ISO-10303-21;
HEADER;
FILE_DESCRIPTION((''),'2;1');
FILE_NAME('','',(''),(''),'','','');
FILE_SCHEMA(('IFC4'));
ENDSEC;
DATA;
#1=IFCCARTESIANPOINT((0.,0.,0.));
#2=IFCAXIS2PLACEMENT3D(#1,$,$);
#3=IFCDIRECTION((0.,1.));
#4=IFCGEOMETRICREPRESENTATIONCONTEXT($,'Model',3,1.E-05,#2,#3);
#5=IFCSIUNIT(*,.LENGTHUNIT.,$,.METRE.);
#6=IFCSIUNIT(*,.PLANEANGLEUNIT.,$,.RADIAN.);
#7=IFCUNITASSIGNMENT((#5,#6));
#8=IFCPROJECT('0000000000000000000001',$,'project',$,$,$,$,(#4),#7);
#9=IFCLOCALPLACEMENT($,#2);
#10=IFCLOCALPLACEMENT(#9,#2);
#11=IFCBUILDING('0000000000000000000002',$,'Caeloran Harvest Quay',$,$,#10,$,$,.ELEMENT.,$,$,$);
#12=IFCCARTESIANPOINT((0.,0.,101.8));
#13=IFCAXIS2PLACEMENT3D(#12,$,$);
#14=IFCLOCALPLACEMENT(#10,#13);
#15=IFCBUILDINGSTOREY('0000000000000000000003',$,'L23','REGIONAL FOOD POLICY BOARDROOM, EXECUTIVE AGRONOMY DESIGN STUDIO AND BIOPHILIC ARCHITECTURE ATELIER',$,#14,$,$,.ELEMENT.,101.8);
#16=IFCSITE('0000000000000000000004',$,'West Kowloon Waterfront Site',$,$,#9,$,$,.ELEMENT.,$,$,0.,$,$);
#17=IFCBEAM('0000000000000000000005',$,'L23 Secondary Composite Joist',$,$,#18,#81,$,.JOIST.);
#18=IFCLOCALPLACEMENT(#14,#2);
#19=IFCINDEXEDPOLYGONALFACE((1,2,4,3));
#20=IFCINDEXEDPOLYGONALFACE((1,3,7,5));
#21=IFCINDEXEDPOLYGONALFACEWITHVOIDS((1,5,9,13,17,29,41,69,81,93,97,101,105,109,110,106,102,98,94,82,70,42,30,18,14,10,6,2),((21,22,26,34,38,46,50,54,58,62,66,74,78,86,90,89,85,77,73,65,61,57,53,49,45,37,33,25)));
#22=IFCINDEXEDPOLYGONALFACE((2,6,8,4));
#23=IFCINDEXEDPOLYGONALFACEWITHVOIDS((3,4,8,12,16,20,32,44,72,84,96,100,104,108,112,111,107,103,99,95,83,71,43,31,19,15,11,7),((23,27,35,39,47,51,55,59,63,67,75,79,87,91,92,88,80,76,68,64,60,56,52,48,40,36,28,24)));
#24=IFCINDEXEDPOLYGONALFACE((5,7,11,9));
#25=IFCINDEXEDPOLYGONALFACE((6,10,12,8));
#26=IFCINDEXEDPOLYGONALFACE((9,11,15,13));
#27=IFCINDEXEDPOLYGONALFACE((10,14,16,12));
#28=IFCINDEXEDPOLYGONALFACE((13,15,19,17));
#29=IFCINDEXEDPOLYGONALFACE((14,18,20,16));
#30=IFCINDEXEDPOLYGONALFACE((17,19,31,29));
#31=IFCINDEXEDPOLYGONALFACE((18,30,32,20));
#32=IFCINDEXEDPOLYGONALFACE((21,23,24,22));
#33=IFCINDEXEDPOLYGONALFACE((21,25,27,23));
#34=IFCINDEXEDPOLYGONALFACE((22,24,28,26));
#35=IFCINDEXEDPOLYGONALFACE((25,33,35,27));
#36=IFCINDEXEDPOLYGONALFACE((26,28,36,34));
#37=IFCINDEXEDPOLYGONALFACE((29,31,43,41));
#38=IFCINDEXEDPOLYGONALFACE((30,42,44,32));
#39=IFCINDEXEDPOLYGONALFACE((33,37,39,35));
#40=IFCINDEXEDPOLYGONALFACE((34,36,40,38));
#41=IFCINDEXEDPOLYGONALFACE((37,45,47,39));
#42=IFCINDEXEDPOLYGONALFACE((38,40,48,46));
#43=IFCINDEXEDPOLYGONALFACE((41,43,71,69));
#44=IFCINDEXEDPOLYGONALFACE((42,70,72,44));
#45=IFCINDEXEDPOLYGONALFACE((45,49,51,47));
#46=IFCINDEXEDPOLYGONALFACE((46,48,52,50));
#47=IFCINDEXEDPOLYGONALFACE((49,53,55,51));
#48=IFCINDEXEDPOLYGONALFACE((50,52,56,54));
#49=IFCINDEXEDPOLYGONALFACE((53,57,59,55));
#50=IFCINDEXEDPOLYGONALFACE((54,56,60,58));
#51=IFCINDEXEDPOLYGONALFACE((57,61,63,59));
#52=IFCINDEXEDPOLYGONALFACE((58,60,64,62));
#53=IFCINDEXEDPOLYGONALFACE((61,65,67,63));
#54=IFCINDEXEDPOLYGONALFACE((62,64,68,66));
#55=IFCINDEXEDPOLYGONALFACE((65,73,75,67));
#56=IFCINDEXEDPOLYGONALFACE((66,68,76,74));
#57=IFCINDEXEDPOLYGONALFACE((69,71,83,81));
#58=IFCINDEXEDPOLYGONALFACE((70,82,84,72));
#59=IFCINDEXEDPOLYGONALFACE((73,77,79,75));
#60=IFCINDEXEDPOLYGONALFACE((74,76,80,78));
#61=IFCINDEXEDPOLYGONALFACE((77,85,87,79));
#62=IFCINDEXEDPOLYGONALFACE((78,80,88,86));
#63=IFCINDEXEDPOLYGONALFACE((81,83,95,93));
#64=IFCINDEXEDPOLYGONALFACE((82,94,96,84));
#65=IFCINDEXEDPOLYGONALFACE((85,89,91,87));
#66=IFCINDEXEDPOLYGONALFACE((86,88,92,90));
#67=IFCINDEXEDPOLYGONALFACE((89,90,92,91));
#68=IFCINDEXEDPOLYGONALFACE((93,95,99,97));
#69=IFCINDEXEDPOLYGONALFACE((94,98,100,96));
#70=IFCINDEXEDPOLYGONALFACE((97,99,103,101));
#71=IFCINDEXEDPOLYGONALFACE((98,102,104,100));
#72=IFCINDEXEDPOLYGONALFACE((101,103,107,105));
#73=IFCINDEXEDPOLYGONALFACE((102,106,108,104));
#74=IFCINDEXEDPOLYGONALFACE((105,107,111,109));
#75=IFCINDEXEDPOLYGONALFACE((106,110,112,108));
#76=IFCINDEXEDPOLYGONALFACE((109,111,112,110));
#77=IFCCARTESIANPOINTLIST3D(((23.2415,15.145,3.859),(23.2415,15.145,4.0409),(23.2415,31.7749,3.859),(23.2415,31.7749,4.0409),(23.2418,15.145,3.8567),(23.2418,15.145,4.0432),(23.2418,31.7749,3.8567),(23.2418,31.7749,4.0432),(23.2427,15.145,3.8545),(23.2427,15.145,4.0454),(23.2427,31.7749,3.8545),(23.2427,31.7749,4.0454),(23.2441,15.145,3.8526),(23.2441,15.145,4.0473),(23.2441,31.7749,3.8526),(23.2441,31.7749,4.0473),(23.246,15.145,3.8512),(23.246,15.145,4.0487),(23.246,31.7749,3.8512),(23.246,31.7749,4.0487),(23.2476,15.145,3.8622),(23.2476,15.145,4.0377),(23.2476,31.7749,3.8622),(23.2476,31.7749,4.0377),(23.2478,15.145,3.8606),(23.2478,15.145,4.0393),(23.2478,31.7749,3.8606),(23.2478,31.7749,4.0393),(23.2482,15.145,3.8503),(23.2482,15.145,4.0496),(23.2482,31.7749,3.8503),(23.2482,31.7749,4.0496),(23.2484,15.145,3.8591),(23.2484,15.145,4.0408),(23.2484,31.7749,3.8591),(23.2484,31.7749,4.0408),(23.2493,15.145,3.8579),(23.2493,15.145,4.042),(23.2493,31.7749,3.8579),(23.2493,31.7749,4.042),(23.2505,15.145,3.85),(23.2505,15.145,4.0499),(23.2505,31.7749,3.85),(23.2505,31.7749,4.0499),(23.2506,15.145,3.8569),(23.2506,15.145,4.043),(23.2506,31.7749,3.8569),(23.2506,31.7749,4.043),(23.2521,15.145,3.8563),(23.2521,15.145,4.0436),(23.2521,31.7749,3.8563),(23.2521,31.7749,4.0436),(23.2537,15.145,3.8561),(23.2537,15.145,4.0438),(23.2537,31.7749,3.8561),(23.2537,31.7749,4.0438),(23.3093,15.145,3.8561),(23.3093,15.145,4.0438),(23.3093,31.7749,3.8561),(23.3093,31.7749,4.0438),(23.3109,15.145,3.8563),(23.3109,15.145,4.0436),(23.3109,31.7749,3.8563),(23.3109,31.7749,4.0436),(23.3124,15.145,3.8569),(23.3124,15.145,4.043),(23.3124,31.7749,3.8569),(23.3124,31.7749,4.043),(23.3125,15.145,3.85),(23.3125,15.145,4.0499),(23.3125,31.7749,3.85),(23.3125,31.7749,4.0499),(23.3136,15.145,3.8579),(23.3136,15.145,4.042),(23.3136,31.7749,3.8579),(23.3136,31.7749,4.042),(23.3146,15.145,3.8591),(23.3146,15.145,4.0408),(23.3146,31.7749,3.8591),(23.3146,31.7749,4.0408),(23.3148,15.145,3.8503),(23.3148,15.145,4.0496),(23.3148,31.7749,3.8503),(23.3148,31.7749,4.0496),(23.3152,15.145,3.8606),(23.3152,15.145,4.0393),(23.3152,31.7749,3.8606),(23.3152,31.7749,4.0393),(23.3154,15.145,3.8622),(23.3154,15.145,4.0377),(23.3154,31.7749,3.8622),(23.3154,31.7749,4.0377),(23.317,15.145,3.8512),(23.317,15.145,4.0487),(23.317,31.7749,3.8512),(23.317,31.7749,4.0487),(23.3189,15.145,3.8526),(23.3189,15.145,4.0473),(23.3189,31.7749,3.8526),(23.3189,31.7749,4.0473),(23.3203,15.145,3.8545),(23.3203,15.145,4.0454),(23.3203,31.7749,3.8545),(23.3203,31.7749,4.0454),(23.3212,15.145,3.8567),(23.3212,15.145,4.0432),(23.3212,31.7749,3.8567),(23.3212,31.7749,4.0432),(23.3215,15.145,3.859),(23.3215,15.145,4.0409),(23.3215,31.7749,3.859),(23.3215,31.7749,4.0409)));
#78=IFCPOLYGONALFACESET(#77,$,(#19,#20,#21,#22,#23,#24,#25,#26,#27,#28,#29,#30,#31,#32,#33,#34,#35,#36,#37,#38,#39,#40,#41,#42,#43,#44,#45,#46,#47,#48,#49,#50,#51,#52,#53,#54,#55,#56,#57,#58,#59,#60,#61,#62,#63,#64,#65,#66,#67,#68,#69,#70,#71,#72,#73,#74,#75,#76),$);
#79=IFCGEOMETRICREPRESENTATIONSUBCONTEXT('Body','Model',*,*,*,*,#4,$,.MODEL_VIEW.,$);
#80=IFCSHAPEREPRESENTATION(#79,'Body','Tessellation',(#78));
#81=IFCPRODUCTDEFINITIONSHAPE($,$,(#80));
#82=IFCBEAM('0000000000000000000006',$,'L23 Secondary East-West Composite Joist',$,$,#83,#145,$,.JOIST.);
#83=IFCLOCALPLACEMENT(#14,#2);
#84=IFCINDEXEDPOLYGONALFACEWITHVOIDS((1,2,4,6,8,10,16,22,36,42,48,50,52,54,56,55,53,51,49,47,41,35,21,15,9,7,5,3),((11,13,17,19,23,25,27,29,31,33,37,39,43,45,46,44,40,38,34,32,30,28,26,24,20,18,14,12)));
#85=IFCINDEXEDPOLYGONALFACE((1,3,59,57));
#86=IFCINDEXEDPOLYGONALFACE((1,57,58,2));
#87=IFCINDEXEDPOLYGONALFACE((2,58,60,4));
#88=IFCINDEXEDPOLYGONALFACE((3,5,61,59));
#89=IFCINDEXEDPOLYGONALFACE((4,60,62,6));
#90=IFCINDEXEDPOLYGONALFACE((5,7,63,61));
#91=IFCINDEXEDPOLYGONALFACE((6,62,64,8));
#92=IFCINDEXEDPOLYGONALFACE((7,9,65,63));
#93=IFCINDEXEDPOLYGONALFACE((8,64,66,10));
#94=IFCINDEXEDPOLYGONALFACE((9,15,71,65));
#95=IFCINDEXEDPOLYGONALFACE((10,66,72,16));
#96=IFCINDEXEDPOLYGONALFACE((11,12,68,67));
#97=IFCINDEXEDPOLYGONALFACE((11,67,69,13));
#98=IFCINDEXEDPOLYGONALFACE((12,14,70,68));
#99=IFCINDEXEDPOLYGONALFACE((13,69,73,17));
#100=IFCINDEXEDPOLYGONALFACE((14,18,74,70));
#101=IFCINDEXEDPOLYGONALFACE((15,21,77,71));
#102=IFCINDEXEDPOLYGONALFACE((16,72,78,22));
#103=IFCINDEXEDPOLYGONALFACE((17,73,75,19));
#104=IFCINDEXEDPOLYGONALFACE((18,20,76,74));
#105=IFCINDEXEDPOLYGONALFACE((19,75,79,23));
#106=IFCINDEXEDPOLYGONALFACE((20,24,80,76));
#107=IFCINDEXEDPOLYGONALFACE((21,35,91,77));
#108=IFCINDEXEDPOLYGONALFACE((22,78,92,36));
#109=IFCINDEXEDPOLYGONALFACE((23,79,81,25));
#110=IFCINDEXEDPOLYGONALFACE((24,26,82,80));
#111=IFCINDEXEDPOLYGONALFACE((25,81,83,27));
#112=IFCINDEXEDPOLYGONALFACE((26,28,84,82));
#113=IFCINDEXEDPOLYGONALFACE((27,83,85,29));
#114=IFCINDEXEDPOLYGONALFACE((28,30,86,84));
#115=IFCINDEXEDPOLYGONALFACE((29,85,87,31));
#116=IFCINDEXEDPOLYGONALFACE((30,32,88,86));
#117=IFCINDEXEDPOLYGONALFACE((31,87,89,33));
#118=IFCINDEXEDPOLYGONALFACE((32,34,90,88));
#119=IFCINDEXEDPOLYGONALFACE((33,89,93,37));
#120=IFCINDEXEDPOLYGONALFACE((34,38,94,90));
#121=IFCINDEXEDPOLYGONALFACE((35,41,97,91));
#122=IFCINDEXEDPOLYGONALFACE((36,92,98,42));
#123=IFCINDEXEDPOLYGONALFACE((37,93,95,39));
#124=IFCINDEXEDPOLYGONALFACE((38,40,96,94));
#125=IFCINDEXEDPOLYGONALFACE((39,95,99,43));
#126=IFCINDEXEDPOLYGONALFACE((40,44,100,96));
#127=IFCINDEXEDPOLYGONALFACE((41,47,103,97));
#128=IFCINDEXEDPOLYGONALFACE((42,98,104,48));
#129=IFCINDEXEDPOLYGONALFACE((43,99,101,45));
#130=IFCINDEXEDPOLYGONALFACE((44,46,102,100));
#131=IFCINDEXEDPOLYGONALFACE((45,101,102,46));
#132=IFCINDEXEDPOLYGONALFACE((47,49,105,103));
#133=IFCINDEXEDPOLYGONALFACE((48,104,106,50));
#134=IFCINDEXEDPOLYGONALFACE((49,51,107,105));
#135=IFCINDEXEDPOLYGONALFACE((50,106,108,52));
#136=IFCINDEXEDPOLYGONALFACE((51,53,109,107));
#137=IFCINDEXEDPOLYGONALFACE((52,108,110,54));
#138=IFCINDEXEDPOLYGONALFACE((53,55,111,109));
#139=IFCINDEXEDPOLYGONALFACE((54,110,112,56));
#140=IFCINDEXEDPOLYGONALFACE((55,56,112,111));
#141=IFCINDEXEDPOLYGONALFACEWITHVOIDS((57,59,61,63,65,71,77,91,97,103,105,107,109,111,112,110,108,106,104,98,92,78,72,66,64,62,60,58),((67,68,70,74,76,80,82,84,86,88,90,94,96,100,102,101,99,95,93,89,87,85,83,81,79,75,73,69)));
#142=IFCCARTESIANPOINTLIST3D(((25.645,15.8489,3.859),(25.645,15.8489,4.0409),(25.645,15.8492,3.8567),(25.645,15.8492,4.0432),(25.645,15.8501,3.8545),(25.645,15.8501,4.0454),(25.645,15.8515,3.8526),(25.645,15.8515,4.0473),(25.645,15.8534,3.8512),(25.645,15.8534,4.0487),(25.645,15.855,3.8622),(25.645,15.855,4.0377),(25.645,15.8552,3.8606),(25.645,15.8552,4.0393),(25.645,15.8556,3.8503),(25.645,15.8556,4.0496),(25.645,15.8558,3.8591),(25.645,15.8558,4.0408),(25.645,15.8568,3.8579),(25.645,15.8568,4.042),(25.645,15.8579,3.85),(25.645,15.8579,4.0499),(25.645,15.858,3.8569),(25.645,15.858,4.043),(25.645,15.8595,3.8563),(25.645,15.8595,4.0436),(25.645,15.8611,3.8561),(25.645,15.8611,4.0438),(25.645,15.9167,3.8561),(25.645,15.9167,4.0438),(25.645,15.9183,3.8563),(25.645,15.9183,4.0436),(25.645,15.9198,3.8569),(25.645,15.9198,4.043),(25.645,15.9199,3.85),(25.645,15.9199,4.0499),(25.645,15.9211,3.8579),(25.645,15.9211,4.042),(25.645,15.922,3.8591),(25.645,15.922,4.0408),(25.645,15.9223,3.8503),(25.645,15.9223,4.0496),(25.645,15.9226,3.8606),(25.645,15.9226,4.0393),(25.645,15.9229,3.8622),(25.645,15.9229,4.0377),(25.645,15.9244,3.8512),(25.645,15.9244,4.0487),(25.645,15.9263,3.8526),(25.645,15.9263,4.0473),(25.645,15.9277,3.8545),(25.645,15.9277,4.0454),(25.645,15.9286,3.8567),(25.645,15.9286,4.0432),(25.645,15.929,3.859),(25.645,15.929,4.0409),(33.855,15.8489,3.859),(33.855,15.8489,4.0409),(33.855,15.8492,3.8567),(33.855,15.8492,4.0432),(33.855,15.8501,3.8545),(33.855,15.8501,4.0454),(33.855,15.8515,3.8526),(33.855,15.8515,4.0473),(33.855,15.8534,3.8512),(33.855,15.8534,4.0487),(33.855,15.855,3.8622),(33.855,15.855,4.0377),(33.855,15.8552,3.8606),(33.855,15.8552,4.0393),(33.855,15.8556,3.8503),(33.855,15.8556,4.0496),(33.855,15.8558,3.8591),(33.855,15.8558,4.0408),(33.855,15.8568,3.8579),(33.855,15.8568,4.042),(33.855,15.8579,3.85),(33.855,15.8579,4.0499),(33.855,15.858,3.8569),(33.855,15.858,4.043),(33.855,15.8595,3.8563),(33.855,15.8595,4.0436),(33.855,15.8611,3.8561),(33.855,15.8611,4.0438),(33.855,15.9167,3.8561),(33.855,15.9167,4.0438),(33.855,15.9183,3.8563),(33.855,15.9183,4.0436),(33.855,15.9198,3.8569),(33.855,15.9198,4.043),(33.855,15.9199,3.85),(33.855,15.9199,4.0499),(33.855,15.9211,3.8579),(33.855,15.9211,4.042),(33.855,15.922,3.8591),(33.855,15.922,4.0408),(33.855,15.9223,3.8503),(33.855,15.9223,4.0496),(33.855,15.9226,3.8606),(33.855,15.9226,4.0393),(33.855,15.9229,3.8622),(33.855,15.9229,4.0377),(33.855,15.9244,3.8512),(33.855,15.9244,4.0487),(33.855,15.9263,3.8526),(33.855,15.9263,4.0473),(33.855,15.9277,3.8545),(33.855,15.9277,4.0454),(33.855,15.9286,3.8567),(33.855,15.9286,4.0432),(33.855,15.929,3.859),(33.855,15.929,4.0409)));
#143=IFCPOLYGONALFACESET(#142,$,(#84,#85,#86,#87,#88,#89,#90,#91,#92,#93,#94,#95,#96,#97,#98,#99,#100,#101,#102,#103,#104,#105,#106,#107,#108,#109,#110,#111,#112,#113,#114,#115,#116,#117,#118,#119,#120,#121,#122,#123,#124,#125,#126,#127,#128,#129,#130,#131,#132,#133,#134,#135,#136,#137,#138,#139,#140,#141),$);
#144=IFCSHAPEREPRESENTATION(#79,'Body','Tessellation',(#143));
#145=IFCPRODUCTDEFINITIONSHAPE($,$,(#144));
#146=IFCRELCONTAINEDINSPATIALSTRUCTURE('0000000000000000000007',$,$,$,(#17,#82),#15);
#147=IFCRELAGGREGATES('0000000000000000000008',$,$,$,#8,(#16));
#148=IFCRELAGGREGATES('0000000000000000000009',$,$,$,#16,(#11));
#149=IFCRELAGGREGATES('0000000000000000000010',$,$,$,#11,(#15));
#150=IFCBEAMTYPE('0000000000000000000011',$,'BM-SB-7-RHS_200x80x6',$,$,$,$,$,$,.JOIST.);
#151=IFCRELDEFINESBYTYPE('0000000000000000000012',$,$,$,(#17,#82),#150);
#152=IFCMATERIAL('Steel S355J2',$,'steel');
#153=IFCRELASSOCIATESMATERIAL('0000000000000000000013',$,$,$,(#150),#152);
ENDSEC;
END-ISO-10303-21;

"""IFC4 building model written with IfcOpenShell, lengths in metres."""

from ifc_helpers import new_model, si_unit, direction, frame, origin, origin_2d, place, context, subcontext, project, spatial, hollow_rectangle, extrude, material, material_profile, profile_set, type_object, element, save


model = new_model("IFC4")

# Units and contexts
model_context = context("Model", 3, precision=1e-05, world=origin(), true_north=direction((0.0, 1.0)))
body_context = subcontext(model_context, "Body", "Model", "MODEL_VIEW")
ifc_project = project(units=[si_unit("LENGTHUNIT", "METRE"), si_unit("PLANEANGLEUNIT", "RADIAN")], contexts=[model_context])

# Site, building, storey
site_placement = place(None, origin())
site = spatial("IfcSite", under=ifc_project, at=site_placement, Name="West Kowloon Waterfront Site", CompositionType="ELEMENT", RefElevation=0.0)
building_placement = place(site_placement, origin())
building = spatial("IfcBuilding", under=site, at=building_placement, Name="Caeloran Harvest Quay", CompositionType="ELEMENT")
storey_placement = place(building_placement, frame((0.0, 0.0, 101.8)))
storey = spatial("IfcBuildingStorey", under=building, at=storey_placement, Name="L23", Description="REGIONAL FOOD POLICY BOARDROOM, EXECUTIVE AGRONOMY DESIGN STUDIO AND BIOPHILIC ARCHITECTURE ATELIER", CompositionType="ELEMENT", Elevation=101.8)

# Beams
ifc_material_1 = material(Name="Steel S355J2", Category="steel")
ifc_material_profile_1 = material_profile(ifc_material_1, hollow_rectangle(XDim=0.0801, YDim=0.2, WallThickness=0.0061, InnerFilletRadius=0.0061, OuterFilletRadius=0.009, at=origin_2d()), Name="RHS 200x80x6")
ifc_profile_set_1 = profile_set([ifc_material_profile_1], Name="Steel S355J2")
beam_type_1 = type_object("IfcBeamType", Name="BM-SB-7-RHS_200x80x6", PredefinedType="JOIST", material=ifc_profile_set_1)
for number, where, z_axis, x_axis, name in (
    (1, (23.2815, 15.145, 3.95), (0.0, 1.0, 0.0), (-1.0, 0.0, 0.0), "L23 Secondary Composite Joist"),
):
    element("IfcBeam", number, at=place(storey_placement, frame(where, z_axis=z_axis, x_axis=x_axis)), inside=storey, type_object=beam_type_1, Name=name, PredefinedType="JOIST", context=body_context, shape_type="SweptSolid", body=[
        extrude(hollow_rectangle(XDim=0.0801, YDim=0.2, WallThickness=0.0061, InnerFilletRadius=0.0061, OuterFilletRadius=0.009, at=origin_2d()), origin(), (0.0, 0.0, 1.0), 16.6299),
    ])
for number, where, z_axis, x_axis, name in (
    (2, (25.645, 15.8889, 3.95), (1.0, 0.0, 0.0), (0.0, 1.0, 0.0), "L23 Secondary East-West Composite Joist"),
):
    element("IfcBeam", number, at=place(storey_placement, frame(where, z_axis=z_axis, x_axis=x_axis)), inside=storey, type_object=beam_type_1, Name=name, PredefinedType="JOIST", context=body_context, shape_type="SweptSolid", body=[
        extrude(hollow_rectangle(XDim=0.0801, YDim=0.2, WallThickness=0.0061, InnerFilletRadius=0.0061, OuterFilletRadius=0.009, at=origin_2d()), origin(), (0.0, 0.0, 1.0), 8.21),
    ])

save(model, "model.ifc")
